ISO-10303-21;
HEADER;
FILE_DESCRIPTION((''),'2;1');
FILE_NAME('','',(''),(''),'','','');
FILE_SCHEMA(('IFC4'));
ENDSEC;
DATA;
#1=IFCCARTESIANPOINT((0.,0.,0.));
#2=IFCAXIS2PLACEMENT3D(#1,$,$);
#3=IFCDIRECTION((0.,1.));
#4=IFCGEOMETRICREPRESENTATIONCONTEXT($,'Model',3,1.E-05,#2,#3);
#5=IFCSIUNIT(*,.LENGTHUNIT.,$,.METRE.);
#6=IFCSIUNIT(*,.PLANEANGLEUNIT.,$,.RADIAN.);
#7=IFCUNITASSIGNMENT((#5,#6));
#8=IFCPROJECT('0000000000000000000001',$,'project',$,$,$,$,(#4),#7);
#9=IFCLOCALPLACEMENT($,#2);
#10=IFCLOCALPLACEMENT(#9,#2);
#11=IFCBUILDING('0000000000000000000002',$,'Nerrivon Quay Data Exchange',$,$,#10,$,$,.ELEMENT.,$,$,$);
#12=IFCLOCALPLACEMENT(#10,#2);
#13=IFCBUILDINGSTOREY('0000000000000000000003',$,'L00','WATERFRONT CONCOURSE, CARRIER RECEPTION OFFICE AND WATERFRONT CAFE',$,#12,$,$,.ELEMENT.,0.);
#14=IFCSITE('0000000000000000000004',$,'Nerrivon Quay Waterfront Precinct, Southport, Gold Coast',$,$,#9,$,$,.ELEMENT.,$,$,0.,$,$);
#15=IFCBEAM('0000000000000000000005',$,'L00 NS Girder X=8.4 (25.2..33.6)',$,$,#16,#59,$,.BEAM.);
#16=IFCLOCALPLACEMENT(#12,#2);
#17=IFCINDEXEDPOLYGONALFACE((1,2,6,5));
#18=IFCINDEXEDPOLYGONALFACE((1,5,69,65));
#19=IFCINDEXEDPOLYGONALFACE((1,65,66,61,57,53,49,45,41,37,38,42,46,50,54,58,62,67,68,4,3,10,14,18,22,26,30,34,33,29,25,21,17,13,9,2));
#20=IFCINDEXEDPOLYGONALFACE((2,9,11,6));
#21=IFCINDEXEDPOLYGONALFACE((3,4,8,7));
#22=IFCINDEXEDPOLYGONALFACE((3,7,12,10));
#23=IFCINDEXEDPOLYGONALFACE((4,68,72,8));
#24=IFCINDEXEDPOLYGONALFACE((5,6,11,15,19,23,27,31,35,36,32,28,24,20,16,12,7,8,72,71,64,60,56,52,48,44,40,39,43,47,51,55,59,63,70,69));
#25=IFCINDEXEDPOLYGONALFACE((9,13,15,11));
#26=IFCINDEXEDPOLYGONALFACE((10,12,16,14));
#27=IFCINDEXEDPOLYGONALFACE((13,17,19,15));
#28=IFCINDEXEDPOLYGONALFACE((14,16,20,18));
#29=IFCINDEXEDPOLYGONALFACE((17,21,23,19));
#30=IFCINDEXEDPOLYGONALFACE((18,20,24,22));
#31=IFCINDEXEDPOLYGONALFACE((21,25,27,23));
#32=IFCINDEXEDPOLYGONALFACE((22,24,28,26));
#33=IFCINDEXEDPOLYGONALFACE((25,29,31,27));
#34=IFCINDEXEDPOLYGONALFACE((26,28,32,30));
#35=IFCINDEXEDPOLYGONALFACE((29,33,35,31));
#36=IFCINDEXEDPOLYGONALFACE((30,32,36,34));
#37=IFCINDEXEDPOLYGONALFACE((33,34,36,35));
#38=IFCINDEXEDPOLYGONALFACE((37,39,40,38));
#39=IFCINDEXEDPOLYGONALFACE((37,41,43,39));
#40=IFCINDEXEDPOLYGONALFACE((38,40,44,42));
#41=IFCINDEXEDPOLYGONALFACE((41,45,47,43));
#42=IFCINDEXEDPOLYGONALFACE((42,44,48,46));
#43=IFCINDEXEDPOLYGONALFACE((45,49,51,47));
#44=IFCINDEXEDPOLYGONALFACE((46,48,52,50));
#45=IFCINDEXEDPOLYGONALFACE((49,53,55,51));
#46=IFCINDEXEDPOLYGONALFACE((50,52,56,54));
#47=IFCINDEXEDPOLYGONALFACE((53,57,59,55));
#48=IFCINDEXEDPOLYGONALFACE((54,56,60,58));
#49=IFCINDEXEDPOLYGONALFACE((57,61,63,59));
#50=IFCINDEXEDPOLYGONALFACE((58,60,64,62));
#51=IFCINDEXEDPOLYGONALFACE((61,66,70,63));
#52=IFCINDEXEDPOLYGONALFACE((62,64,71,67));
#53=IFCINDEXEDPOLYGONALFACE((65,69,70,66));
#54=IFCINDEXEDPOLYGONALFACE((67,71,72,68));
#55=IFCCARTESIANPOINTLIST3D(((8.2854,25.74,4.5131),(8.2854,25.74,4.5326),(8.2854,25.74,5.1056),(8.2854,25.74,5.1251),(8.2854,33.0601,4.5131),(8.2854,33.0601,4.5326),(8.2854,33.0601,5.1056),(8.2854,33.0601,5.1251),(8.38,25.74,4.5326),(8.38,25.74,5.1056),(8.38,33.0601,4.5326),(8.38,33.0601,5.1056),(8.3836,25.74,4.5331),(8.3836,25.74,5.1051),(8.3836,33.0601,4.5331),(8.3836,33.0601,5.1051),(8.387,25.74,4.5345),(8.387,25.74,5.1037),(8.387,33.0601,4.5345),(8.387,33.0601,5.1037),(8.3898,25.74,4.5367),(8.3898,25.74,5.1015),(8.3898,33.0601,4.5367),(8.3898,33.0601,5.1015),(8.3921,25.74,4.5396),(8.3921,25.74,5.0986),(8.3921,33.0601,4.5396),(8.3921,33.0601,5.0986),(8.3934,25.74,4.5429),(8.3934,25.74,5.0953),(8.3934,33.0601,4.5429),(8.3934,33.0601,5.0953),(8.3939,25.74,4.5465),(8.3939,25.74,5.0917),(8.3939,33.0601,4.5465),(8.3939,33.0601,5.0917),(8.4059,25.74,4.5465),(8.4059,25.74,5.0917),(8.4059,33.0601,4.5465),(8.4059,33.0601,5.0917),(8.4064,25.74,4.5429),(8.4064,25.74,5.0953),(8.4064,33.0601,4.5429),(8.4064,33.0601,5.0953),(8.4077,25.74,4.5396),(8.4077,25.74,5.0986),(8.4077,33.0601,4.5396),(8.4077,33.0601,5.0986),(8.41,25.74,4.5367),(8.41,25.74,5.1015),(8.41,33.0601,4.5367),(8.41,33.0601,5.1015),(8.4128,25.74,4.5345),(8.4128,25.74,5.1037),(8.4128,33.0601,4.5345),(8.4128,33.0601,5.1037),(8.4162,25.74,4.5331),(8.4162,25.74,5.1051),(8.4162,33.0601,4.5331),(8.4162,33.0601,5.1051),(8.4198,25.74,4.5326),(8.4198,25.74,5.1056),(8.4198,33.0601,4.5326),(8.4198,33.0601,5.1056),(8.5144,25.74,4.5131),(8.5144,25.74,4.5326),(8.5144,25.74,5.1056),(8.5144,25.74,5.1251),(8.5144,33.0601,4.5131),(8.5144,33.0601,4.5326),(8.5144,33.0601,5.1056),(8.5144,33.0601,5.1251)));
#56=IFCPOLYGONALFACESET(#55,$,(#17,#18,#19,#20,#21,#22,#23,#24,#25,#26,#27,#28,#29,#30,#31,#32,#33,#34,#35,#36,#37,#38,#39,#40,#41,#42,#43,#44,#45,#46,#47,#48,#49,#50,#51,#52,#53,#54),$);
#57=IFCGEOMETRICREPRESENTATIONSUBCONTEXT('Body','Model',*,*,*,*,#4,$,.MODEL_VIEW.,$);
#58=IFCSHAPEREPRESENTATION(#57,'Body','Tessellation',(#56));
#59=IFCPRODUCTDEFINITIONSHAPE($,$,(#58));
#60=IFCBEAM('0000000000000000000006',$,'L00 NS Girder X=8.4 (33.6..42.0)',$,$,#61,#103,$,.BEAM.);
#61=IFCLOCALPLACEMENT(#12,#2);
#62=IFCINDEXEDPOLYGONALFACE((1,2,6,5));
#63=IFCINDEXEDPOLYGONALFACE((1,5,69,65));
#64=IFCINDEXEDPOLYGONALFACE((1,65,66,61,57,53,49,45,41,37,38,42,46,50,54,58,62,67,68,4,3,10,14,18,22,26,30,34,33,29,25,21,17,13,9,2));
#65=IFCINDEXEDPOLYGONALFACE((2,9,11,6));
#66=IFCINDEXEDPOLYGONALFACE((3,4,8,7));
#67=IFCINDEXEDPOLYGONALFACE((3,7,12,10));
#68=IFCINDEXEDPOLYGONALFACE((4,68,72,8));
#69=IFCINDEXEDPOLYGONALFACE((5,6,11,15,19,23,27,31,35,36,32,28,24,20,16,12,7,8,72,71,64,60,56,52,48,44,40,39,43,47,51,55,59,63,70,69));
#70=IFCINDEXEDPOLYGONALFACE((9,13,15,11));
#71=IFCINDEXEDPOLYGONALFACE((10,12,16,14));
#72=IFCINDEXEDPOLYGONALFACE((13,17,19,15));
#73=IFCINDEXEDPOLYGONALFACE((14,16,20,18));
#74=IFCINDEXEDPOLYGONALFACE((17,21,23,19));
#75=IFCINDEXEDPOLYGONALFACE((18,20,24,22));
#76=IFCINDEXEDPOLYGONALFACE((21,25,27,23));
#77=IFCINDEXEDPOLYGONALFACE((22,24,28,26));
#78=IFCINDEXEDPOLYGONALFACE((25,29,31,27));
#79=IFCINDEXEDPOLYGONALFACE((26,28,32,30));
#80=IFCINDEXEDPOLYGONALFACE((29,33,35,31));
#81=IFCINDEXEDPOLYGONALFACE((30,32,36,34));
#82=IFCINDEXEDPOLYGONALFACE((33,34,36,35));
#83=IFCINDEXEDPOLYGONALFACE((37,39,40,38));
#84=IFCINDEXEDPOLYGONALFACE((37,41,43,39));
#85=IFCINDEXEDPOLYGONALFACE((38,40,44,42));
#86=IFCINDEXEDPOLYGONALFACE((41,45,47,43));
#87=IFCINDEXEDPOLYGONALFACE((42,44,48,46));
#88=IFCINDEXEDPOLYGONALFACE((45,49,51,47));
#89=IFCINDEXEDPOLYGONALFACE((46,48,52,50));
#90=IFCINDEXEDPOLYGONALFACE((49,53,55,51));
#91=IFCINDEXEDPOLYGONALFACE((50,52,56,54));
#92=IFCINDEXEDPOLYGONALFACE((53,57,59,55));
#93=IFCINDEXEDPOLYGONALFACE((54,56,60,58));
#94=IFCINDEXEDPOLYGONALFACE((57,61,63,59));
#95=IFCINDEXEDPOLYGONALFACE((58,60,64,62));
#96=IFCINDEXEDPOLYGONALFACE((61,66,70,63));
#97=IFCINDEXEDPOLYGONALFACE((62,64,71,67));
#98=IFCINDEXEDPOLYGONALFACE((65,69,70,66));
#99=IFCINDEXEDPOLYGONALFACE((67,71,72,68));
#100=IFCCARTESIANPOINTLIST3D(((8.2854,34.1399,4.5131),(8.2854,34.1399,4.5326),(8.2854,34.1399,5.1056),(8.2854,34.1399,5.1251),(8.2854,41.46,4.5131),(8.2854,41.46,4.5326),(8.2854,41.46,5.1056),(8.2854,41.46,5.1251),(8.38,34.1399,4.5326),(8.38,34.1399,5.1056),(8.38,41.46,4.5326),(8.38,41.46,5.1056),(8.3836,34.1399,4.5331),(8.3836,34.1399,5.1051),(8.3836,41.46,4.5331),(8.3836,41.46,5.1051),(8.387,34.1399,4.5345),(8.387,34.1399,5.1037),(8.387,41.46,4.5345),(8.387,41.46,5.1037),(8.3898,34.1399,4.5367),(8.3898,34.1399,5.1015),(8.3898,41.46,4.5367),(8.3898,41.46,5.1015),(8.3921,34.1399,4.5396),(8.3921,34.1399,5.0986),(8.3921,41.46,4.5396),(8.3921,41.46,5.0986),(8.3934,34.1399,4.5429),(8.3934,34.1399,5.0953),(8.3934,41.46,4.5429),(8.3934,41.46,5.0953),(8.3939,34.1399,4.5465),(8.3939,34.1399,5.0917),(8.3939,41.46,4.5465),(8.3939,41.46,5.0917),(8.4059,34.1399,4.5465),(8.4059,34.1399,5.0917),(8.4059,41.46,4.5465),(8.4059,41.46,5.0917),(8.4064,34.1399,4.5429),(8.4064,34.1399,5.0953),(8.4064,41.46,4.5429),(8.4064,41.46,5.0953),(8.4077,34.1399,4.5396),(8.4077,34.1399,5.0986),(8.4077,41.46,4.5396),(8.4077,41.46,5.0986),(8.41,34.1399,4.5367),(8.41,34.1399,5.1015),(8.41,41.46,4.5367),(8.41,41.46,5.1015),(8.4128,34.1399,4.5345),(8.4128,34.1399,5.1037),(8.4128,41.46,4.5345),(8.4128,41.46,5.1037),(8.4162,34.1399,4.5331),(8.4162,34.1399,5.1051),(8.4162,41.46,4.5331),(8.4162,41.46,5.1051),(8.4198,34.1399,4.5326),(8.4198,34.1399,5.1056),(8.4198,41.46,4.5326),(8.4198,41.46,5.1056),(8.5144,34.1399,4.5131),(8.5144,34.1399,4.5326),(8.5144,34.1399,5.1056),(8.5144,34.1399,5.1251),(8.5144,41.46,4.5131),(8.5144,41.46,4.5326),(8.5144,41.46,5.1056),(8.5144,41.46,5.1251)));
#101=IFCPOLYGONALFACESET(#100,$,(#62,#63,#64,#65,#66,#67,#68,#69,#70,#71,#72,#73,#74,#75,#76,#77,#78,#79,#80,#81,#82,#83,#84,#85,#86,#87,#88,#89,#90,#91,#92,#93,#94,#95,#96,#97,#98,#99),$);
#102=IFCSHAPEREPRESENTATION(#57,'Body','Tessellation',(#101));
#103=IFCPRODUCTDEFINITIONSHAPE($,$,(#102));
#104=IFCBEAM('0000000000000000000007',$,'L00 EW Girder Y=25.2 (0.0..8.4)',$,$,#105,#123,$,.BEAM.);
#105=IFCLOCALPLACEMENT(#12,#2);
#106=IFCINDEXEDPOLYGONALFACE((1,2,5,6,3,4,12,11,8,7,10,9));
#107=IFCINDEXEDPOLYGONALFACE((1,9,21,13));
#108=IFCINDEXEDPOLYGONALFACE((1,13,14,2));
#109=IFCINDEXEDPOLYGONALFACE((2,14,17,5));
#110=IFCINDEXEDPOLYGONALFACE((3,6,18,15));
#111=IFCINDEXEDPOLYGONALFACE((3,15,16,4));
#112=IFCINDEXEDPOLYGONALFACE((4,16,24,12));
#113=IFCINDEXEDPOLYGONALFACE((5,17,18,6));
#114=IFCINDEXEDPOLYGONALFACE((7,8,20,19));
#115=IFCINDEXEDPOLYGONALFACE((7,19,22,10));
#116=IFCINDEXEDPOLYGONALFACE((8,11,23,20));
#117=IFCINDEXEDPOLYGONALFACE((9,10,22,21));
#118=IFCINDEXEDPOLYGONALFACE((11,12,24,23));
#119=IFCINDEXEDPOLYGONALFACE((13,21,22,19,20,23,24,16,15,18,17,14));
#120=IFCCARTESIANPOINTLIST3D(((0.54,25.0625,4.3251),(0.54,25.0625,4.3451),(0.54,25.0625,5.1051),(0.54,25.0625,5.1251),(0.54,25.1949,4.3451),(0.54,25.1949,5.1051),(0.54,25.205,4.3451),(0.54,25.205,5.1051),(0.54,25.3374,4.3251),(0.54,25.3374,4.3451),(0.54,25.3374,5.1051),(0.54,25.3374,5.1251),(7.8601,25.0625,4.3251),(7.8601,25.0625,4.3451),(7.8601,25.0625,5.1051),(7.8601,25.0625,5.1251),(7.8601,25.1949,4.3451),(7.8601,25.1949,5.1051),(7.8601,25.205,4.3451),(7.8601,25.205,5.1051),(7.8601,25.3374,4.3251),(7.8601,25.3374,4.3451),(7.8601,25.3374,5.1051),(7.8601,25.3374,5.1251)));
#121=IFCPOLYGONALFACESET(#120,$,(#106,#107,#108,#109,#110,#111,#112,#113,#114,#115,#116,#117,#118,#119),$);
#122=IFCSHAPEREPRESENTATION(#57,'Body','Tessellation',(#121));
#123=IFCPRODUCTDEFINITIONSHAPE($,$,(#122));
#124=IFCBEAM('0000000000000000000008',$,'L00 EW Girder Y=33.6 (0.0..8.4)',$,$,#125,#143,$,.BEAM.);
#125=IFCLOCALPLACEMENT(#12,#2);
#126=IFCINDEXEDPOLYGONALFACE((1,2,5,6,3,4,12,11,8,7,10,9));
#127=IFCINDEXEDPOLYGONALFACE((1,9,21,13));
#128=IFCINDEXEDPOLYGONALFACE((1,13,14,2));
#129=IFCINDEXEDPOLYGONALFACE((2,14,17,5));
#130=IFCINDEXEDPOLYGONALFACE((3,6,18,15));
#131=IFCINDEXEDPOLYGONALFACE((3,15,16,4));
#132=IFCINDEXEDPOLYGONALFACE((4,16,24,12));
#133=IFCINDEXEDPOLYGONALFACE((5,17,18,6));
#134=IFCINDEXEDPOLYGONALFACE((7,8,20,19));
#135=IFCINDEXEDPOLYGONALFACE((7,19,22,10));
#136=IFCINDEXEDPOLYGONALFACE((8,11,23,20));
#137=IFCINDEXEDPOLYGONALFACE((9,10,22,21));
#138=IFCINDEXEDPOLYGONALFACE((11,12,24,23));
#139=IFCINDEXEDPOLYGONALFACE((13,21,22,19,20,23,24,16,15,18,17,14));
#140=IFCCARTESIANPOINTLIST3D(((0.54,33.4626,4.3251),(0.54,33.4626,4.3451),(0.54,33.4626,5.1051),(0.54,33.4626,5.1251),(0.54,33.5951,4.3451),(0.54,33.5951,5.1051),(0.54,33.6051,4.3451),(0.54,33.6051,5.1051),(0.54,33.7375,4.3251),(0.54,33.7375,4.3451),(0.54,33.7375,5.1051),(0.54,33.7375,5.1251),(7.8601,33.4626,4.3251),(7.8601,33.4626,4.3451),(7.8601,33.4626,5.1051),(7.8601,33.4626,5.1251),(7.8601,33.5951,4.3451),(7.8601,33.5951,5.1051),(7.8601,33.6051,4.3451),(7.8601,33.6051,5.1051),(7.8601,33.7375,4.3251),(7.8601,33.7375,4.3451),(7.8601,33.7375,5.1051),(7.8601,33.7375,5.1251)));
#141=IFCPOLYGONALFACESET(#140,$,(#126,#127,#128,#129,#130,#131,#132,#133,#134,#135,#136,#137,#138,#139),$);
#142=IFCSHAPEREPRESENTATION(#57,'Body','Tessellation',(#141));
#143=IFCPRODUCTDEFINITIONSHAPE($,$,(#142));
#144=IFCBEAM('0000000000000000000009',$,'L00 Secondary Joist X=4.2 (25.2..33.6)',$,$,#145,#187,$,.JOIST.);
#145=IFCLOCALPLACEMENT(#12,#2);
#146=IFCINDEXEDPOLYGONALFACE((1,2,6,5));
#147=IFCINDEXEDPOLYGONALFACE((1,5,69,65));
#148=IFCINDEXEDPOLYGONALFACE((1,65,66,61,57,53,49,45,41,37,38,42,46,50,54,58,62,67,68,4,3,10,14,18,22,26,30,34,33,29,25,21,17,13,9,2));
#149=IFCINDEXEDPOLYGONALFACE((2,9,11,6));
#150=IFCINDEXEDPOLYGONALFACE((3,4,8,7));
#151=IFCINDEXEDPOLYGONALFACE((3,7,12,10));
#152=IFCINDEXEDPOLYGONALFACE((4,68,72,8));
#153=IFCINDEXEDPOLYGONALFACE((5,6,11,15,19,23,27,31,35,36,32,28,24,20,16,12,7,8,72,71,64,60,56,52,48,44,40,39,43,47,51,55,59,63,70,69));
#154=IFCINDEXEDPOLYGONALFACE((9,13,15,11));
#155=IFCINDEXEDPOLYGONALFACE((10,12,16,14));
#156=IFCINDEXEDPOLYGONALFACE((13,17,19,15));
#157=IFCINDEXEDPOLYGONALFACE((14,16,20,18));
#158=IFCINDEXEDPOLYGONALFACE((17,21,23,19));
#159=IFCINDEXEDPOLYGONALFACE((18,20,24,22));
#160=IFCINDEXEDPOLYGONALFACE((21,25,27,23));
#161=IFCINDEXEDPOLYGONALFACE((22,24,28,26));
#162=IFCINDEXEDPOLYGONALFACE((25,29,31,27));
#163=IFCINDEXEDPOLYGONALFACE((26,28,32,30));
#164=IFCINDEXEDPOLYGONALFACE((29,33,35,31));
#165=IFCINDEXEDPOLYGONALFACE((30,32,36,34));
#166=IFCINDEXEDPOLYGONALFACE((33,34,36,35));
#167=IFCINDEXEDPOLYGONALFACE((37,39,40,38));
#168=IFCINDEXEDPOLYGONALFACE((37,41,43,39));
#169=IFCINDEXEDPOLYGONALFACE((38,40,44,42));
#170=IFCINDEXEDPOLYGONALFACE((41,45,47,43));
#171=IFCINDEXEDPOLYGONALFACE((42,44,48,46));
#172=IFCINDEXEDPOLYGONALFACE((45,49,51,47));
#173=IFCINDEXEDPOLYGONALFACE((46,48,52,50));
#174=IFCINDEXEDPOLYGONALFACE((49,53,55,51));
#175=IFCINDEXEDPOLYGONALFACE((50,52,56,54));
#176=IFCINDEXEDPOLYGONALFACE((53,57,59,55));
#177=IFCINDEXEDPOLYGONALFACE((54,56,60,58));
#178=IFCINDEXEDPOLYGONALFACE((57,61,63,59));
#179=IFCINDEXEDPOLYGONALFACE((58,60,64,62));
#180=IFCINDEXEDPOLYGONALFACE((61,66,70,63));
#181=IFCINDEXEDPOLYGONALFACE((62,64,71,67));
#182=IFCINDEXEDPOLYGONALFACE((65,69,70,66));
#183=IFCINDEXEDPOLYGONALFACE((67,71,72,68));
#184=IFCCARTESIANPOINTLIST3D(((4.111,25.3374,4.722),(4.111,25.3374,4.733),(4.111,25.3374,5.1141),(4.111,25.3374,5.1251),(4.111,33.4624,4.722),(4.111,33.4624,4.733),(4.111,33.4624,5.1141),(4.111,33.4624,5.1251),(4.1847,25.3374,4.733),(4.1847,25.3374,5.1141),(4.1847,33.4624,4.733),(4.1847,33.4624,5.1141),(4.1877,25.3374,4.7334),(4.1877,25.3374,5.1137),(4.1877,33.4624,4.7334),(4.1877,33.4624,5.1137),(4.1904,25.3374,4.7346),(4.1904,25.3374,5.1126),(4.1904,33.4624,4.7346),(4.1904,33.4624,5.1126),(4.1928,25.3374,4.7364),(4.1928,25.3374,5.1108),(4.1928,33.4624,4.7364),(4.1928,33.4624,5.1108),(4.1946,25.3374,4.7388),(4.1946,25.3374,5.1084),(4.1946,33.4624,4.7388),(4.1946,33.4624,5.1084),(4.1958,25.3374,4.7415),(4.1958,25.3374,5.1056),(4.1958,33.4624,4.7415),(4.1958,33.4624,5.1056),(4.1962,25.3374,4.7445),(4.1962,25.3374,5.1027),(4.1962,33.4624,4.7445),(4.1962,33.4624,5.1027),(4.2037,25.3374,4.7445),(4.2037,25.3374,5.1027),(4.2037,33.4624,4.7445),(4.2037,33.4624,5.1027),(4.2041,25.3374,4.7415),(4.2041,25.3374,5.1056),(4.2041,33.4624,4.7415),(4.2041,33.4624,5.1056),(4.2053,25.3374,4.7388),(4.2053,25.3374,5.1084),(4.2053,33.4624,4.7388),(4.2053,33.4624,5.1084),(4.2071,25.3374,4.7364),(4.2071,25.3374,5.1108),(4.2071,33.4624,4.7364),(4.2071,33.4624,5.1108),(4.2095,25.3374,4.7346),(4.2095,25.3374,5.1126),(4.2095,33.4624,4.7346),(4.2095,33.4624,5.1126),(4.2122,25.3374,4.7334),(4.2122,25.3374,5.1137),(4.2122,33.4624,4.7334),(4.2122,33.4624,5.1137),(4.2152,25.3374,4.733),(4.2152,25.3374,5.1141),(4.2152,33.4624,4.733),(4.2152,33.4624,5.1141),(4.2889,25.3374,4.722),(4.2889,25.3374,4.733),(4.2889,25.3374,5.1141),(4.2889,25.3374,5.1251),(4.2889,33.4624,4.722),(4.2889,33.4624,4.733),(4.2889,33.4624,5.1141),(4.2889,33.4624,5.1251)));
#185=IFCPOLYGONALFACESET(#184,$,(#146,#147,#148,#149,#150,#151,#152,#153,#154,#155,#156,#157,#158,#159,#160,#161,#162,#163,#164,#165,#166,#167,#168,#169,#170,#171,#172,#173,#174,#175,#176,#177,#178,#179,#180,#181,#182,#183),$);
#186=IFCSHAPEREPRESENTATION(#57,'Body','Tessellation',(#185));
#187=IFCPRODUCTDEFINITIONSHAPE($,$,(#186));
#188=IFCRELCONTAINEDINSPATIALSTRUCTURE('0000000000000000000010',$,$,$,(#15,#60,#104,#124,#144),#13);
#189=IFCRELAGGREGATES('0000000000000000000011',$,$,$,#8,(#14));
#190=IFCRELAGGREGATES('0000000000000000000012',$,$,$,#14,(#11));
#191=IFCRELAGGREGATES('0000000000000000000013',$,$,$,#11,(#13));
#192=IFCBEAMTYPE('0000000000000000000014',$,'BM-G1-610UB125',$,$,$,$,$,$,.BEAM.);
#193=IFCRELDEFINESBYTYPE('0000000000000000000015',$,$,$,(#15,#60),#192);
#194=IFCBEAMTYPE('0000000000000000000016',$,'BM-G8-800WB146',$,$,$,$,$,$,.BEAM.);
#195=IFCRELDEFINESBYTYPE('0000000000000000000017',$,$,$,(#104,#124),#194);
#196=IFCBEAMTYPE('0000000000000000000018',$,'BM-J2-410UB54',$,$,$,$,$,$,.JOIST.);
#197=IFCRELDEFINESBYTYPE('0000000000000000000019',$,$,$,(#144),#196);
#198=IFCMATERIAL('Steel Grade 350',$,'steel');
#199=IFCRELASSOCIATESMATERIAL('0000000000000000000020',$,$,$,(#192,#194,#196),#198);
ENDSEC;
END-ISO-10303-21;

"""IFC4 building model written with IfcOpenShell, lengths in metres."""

from ifc_helpers import new_model, si_unit, direction, frame, origin, origin_2d, place, context, subcontext, project, spatial, i_section, extrude, material, material_profile, profile_set, type_object, element, save


model = new_model("IFC4")

# Units and contexts
model_context = context("Model", 3, precision=1e-05, world=origin(), true_north=direction((0.0, 1.0)))
body_context = subcontext(model_context, "Body", "Model", "MODEL_VIEW")
ifc_project = project(units=[si_unit("LENGTHUNIT", "METRE"), si_unit("PLANEANGLEUNIT", "RADIAN")], contexts=[model_context])

# Site, building, storey
site_placement = place(None, origin())
site = spatial("IfcSite", under=ifc_project, at=site_placement, Name="Nerrivon Quay Waterfront Precinct, Southport, Gold Coast", CompositionType="ELEMENT", RefElevation=0.0)
building_placement = place(site_placement, origin())
building = spatial("IfcBuilding", under=site, at=building_placement, Name="Nerrivon Quay Data Exchange", CompositionType="ELEMENT")
storey_placement = place(building_placement, origin())
storey = spatial("IfcBuildingStorey", under=building, at=storey_placement, Name="L00", Description="WATERFRONT CONCOURSE, CARRIER RECEPTION OFFICE AND WATERFRONT CAFE", CompositionType="ELEMENT", Elevation=0.0)

# Beams
ifc_material_1 = material(Name="Steel Grade 350", Category="steel")
ifc_material_profile_1 = material_profile(ifc_material_1, i_section(OverallWidth=0.229, OverallDepth=0.6121, WebThickness=0.012, FlangeThickness=0.0195, FilletRadius=0.0139, at=origin_2d()), Name="610UB125")
ifc_profile_set_1 = profile_set([ifc_material_profile_1], Name="Steel Grade 350")
beam_type_1 = type_object("IfcBeamType", Name="BM-G1-610UB125", PredefinedType="BEAM", material=ifc_profile_set_1)
for number, where, z_axis, x_axis, name in (
    (1, (8.3999, 25.74, 4.8191), (0.0, 1.0, 0.0), (-1.0, 0.0, 0.0), "L00 NS Girder X=8.4 (25.2..33.6)"),
    (2, (8.3999, 34.1399, 4.8191), (0.0, 1.0, 0.0), (-1.0, 0.0, 0.0), "L00 NS Girder X=8.4 (33.6..42.0)"),
):
    element("IfcBeam", number, at=place(storey_placement, frame(where, z_axis=z_axis, x_axis=x_axis)), inside=storey, type_object=beam_type_1, Name=name, PredefinedType="BEAM", context=body_context, shape_type="SweptSolid", body=[
        extrude(i_section(OverallWidth=0.229, OverallDepth=0.6121, WebThickness=0.012, FlangeThickness=0.0195, FilletRadius=0.0139, at=origin_2d()), origin(), (0.0, 0.0, 1.0), 7.3201),
    ])
ifc_material_profile_2 = material_profile(ifc_material_1, i_section(OverallWidth=0.2749, OverallDepth=0.8, WebThickness=0.01, FlangeThickness=0.02, at=origin_2d()), Name="800WB146")
ifc_profile_set_2 = profile_set([ifc_material_profile_2], Name="Steel Grade 350")
beam_type_2 = type_object("IfcBeamType", Name="BM-G8-800WB146", PredefinedType="BEAM", material=ifc_profile_set_2)
for number, where, z_axis, x_axis, name in (
    (3, (0.54, 25.2, 4.7251), (1.0, 0.0, 0.0), (0.0, 1.0, 0.0), "L00 EW Girder Y=25.2 (0.0..8.4)"),
    (4, (0.54, 33.6001, 4.7251), (1.0, 0.0, 0.0), (0.0, 1.0, 0.0), "L00 EW Girder Y=33.6 (0.0..8.4)"),
):
    element("IfcBeam", number, at=place(storey_placement, frame(where, z_axis=z_axis, x_axis=x_axis)), inside=storey, type_object=beam_type_2, Name=name, PredefinedType="BEAM", context=body_context, shape_type="SweptSolid", body=[
        extrude(i_section(OverallWidth=0.2749, OverallDepth=0.8, WebThickness=0.01, FlangeThickness=0.02, at=origin_2d()), origin(), (0.0, 0.0, 1.0), 7.3201),
    ])
ifc_material_profile_3 = material_profile(ifc_material_1, i_section(OverallWidth=0.178, OverallDepth=0.4031, WebThickness=0.0076, FlangeThickness=0.011, FilletRadius=0.0115, at=origin_2d()), Name="410UB53.7")
ifc_profile_set_3 = profile_set([ifc_material_profile_3], Name="Steel Grade 350")
beam_type_3 = type_object("IfcBeamType", Name="BM-J2-410UB54", PredefinedType="JOIST", material=ifc_profile_set_3)
for number, where, z_axis, x_axis, name in (
    (5, (4.2, 25.3374, 4.9236), (0.0, 1.0, 0.0), (-1.0, 0.0, 0.0), "L00 Secondary Joist X=4.2 (25.2..33.6)"),
):
    element("IfcBeam", number, at=place(storey_placement, frame(where, z_axis=z_axis, x_axis=x_axis)), inside=storey, type_object=beam_type_3, Name=name, PredefinedType="JOIST", context=body_context, shape_type="SweptSolid", body=[
        extrude(i_section(OverallWidth=0.178, OverallDepth=0.4031, WebThickness=0.0076, FlangeThickness=0.011, FilletRadius=0.0115, at=origin_2d()), origin(), (0.0, 0.0, 1.0), 8.125),
    ])

save(model, "model.ifc")
